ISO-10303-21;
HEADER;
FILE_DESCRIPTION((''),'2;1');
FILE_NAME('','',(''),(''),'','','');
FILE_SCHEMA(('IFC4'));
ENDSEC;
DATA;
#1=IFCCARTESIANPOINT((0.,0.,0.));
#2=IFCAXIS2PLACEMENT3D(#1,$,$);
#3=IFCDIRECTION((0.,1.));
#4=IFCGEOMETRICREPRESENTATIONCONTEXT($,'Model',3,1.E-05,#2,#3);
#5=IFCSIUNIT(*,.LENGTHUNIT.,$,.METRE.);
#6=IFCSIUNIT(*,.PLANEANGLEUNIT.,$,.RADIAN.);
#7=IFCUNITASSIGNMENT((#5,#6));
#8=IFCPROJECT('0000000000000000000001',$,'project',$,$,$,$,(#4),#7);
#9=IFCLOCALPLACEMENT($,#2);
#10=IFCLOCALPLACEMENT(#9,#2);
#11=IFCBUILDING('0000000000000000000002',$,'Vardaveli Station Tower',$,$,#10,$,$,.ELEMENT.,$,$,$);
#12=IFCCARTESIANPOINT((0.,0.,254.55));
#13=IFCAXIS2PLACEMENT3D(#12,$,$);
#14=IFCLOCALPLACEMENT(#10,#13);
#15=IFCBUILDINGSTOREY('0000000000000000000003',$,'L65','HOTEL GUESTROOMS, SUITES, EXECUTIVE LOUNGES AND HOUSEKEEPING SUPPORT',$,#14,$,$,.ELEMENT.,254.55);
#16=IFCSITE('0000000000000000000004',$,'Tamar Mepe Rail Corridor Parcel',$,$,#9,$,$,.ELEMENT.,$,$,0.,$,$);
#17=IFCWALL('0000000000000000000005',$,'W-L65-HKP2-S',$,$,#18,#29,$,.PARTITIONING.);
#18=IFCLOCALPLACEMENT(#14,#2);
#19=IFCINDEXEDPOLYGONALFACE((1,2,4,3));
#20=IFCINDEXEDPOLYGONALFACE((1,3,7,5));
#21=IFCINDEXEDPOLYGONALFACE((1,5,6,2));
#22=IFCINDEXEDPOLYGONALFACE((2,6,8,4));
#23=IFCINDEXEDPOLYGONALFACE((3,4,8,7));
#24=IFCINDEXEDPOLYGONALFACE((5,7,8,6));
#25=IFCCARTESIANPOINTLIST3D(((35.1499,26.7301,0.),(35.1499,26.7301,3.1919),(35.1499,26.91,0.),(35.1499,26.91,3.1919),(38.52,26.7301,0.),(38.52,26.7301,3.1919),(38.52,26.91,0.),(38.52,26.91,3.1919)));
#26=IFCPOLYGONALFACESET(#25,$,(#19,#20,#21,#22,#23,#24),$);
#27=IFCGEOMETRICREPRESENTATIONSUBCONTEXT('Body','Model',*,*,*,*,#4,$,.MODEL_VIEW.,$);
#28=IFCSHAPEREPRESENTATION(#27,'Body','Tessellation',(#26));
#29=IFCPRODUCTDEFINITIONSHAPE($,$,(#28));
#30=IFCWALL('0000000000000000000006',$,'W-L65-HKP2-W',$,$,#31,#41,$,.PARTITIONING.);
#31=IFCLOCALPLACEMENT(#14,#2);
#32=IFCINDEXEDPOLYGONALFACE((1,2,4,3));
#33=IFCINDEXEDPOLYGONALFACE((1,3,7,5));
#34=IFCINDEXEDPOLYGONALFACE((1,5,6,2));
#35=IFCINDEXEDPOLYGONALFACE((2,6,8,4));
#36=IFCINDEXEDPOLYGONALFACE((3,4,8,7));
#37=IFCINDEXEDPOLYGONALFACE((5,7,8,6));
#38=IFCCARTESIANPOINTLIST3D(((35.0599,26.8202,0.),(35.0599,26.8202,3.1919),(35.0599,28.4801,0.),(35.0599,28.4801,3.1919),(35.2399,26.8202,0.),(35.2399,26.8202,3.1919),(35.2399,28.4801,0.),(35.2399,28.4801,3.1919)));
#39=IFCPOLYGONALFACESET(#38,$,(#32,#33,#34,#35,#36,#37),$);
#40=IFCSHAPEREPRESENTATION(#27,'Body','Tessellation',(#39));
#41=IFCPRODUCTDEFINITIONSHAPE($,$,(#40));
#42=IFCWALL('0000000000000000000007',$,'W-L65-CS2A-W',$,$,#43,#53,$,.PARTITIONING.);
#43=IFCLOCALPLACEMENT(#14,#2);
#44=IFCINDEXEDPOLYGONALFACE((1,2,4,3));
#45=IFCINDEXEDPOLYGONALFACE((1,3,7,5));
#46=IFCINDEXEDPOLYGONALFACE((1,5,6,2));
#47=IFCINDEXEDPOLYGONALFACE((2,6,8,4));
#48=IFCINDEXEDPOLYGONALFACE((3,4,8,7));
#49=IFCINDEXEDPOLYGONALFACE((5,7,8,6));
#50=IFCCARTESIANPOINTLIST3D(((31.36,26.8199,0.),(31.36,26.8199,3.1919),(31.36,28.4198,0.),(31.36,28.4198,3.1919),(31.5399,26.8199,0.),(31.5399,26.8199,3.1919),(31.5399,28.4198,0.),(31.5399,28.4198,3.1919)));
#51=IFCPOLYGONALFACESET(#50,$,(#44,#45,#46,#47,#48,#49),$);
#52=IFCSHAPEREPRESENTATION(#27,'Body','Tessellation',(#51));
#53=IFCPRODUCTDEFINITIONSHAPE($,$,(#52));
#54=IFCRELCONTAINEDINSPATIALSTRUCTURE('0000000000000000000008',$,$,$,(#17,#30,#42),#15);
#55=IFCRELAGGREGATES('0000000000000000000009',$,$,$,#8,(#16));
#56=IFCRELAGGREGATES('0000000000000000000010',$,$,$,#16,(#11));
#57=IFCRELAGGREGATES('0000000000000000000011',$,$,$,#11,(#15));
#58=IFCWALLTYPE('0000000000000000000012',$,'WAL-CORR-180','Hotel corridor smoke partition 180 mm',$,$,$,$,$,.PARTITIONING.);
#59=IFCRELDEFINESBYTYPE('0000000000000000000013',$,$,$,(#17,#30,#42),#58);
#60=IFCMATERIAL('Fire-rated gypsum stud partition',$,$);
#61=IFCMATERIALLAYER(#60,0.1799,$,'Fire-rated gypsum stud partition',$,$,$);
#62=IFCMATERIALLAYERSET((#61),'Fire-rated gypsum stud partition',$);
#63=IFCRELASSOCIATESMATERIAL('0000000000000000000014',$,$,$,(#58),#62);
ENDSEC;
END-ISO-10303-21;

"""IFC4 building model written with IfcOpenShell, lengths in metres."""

from ifc_helpers import new_model, si_unit, direction, frame, frame_2d, origin, place, context, subcontext, project, spatial, rectangle, extrude, source, transform, mapped, material, layer, layer_set, type_object, element, save


model = new_model("IFC4")

# Units and contexts
model_context = context("Model", 3, precision=1e-05, world=origin(), true_north=direction((0.0, 1.0)))
body_context = subcontext(model_context, "Body", "Model", "MODEL_VIEW")
ifc_project = project(units=[si_unit("LENGTHUNIT", "METRE"), si_unit("PLANEANGLEUNIT", "RADIAN")], contexts=[model_context])

# Site, building, storey
site_placement = place(None, origin())
site = spatial("IfcSite", under=ifc_project, at=site_placement, Name="Tamar Mepe Rail Corridor Parcel", CompositionType="ELEMENT", RefElevation=0.0)
building_placement = place(site_placement, origin())
building = spatial("IfcBuilding", under=site, at=building_placement, Name="Vardaveli Station Tower", CompositionType="ELEMENT")
storey_placement = place(building_placement, frame((0.0, 0.0, 254.55)))
storey = spatial("IfcBuildingStorey", under=building, at=storey_placement, Name="L65", Description="HOTEL GUESTROOMS, SUITES, EXECUTIVE LOUNGES AND HOUSEKEEPING SUPPORT", CompositionType="ELEMENT", Elevation=254.55)

# Shared definitions
ifc_material_1 = material(Name="Fire-rated gypsum stud partition")
ifc_layer_1 = layer(ifc_material_1, 0.1799, Name="Fire-rated gypsum stud partition")
ifc_layer_set_1 = layer_set([ifc_layer_1], Name="Fire-rated gypsum stud partition")
wall_type_1 = type_object("IfcWallType", Name="WAL-CORR-180", Description="Hotel corridor smoke partition 180 mm", PredefinedType="PARTITIONING", material=ifc_layer_set_1)

# Walls
shared_shape_1 = source(origin(), body_context, "Body", "SweptSolid", [
    extrude(rectangle(XDim=3.3701, YDim=0.1799, at=frame_2d((1.6851, 0.0))), origin(), (0.0, 0.0, 1.0), 3.1919),
])
wall_1_placement = place(storey_placement, frame((35.1499, 26.8201, 0.0), z_axis=(0.0, 0.0, 1.0), x_axis=(1.0, 0.0, 0.0)))
element("IfcWall", 1, at=wall_1_placement, inside=storey, type_object=wall_type_1, Name="W-L65-HKP2-S", PredefinedType="PARTITIONING", context=body_context, shape_type="MappedRepresentation", body=[
    mapped(shared_shape_1, transform((0.0, 0.0, 0.0), scale=1.0)),
])
shared_shape_2 = source(origin(), body_context, "Body", "SweptSolid", [
    extrude(rectangle(XDim=1.6599, YDim=0.1799, at=frame_2d((0.8301, 0.0))), origin(), (0.0, 0.0, 1.0), 3.1919),
])
wall_2_placement = place(storey_placement, frame((35.1499, 26.8201, 0.0), z_axis=(0.0, 0.0, 1.0), x_axis=(0.0, 1.0, 0.0)))
element("IfcWall", 2, at=wall_2_placement, inside=storey, type_object=wall_type_1, Name="W-L65-HKP2-W", PredefinedType="PARTITIONING", context=body_context, shape_type="MappedRepresentation", body=[
    mapped(shared_shape_2, transform((0.0, 0.0, 0.0), scale=1.0)),
])
shared_shape_3 = source(origin(), body_context, "Body", "SweptSolid", [
    extrude(rectangle(XDim=1.5999, YDim=0.1799, at=frame_2d((0.7998, 0.0))), origin(), (0.0, 0.0, 1.0), 3.1919),
])
wall_3_placement = place(storey_placement, frame((31.45, 26.8201, 0.0), z_axis=(0.0, 0.0, 1.0), x_axis=(0.0, 1.0, 0.0)))
element("IfcWall", 3, at=wall_3_placement, inside=storey, type_object=wall_type_1, Name="W-L65-CS2A-W", PredefinedType="PARTITIONING", context=body_context, shape_type="MappedRepresentation", body=[
    mapped(shared_shape_3, transform((0.0, 0.0, 0.0), scale=1.0)),
])

save(model, "model.ifc")
